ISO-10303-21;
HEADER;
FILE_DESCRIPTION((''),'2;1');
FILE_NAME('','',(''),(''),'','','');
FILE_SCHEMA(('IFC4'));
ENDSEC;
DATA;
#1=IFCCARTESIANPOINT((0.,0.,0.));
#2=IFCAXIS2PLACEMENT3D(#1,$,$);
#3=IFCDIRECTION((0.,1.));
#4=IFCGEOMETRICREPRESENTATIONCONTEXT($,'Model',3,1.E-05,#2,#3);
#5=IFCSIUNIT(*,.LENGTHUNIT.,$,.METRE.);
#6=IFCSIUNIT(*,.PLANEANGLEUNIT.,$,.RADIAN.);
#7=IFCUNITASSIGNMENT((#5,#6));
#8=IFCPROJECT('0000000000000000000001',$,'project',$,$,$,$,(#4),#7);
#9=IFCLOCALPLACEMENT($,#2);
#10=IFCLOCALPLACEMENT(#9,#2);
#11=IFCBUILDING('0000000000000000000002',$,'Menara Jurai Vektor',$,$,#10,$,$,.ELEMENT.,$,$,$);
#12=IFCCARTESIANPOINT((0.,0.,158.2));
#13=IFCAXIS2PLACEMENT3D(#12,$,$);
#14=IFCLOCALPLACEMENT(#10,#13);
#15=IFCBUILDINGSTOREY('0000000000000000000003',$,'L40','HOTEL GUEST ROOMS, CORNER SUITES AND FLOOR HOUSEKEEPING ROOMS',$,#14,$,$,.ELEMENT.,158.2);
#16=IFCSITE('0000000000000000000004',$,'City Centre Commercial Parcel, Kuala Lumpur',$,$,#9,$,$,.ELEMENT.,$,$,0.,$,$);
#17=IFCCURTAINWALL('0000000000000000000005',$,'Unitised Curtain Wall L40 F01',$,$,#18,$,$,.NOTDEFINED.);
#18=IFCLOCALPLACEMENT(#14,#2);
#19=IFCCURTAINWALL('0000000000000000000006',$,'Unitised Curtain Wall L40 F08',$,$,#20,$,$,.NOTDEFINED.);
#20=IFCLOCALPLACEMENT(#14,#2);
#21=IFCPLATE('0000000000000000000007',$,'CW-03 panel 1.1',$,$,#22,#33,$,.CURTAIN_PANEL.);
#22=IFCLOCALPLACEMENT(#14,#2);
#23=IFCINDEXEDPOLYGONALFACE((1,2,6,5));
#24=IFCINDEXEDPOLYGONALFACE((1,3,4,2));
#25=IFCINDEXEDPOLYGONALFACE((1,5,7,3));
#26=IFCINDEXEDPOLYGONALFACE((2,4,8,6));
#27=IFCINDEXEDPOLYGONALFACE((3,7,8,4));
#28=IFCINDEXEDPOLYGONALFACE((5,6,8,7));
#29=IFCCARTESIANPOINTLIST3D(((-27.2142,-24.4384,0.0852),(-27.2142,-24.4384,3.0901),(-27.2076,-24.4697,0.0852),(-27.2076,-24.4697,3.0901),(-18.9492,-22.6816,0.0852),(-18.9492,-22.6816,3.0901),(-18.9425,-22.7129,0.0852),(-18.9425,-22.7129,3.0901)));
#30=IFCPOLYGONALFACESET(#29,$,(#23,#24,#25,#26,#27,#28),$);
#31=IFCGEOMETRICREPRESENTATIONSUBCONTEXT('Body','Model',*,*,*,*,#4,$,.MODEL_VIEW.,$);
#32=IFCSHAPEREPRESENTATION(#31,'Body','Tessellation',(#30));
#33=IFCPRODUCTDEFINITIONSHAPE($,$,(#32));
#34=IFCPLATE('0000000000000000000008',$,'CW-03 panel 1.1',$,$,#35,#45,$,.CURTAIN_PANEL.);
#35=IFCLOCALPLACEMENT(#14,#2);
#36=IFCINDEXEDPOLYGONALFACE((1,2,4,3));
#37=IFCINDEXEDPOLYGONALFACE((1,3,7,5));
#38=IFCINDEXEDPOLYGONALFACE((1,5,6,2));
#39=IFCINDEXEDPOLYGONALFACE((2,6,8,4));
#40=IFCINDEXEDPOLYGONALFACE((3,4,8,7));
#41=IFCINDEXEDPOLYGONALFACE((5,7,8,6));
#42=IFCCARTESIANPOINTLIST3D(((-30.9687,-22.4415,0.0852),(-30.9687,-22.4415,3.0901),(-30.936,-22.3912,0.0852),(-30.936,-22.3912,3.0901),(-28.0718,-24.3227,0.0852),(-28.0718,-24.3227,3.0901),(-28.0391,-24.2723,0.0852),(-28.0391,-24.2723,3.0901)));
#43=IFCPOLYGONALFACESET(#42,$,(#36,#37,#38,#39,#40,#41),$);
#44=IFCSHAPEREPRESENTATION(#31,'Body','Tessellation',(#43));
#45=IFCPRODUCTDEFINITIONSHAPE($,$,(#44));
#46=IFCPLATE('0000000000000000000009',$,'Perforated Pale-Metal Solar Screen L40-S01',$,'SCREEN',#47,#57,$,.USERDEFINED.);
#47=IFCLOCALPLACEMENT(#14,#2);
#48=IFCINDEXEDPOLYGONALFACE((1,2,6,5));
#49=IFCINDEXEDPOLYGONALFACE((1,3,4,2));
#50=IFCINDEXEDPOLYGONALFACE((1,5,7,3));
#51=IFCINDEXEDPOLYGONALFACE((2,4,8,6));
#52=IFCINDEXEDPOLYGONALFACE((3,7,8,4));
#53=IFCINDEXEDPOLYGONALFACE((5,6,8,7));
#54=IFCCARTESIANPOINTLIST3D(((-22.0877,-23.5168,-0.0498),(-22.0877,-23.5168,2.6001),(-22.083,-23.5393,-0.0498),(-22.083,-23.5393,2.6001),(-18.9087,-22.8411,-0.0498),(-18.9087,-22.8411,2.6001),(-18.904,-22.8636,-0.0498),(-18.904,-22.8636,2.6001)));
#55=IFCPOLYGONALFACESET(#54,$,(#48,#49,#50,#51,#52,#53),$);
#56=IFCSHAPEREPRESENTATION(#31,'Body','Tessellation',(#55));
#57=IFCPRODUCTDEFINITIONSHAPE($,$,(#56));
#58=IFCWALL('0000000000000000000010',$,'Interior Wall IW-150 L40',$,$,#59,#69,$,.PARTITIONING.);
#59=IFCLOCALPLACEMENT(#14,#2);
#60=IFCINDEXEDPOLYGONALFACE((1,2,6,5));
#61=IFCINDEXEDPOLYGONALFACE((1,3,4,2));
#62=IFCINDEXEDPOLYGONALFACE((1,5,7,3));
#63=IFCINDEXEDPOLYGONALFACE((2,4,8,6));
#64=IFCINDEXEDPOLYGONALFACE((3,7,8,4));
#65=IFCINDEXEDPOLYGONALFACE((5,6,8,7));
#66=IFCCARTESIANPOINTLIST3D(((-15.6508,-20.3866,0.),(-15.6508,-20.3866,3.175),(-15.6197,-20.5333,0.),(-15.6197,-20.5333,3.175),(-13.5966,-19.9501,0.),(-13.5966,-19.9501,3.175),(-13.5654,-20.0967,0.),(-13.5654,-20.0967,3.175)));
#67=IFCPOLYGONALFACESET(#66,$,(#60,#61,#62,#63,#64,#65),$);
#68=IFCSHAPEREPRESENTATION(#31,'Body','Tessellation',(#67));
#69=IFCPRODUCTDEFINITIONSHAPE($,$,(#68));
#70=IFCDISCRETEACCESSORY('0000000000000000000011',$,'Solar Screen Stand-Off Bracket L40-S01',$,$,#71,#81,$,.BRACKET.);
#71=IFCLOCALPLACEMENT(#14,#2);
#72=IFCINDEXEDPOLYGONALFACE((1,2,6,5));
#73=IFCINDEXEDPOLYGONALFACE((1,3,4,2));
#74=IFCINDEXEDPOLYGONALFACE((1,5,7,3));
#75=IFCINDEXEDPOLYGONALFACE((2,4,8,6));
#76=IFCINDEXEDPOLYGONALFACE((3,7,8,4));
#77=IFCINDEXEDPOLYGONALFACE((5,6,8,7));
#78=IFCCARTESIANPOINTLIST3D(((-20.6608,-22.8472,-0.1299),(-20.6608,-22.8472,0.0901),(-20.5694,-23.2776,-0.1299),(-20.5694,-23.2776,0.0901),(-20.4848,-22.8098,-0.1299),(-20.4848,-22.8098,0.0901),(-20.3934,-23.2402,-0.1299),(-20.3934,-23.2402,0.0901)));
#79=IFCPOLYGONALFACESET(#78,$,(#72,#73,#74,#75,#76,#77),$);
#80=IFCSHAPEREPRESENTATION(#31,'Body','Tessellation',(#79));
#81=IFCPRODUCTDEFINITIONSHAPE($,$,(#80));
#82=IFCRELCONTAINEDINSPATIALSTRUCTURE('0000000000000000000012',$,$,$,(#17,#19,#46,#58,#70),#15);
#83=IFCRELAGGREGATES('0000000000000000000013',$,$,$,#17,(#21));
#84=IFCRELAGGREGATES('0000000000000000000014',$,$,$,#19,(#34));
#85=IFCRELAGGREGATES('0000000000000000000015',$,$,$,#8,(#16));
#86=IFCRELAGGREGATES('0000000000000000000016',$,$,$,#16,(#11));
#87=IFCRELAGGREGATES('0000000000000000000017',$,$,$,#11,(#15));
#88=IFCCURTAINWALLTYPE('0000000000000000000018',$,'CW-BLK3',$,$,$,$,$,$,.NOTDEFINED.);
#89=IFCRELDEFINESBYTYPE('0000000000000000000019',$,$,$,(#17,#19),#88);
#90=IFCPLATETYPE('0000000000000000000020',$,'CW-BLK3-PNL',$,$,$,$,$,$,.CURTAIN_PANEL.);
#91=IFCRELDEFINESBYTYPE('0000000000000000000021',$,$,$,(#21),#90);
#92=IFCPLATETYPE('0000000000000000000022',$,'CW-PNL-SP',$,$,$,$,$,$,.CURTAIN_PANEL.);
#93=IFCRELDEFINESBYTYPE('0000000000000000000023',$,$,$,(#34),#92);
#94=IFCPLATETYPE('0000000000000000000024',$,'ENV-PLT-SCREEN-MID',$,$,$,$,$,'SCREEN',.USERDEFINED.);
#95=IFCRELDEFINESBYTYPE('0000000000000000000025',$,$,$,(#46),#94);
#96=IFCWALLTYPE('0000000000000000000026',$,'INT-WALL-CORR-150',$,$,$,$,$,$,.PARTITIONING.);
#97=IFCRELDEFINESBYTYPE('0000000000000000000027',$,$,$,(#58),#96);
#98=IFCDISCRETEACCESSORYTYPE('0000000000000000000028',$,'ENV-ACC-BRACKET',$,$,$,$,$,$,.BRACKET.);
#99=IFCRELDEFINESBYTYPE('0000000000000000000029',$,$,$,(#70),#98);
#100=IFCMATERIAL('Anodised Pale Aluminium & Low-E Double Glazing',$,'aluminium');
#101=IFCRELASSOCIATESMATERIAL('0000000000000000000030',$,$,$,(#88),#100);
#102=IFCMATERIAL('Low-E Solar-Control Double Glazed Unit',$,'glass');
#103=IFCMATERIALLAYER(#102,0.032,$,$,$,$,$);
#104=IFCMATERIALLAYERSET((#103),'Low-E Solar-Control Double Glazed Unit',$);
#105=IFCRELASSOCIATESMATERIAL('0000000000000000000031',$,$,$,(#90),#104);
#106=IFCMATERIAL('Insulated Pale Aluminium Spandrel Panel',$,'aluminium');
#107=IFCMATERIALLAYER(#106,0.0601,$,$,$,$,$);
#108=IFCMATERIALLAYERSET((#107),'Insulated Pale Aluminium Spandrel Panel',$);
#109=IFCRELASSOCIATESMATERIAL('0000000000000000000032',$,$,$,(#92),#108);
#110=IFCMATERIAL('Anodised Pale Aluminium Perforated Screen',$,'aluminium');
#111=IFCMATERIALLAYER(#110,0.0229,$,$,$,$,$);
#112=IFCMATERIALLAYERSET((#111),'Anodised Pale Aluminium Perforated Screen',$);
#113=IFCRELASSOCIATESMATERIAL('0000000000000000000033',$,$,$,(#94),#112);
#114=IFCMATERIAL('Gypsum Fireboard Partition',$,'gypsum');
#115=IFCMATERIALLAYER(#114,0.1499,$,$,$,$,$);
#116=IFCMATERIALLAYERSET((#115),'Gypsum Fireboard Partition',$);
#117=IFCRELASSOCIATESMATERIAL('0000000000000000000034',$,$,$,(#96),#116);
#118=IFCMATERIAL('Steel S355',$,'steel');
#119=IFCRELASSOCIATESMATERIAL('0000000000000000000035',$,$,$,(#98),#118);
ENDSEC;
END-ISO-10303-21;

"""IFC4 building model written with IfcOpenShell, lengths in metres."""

from ifc_helpers import new_model, si_unit, direction, frame, frame_2d, origin, origin_2d, place, context, subcontext, project, spatial, rectangle, extrude, material, layer, layer_set, type_object, element, aggregate, save


model = new_model("IFC4")

# Units and contexts
model_context = context("Model", 3, precision=1e-05, world=origin(), true_north=direction((0.0, 1.0)))
body_context = subcontext(model_context, "Body", "Model", "MODEL_VIEW")
ifc_project = project(units=[si_unit("LENGTHUNIT", "METRE"), si_unit("PLANEANGLEUNIT", "RADIAN")], contexts=[model_context])

# Site, building, storey
site_placement = place(None, origin())
site = spatial("IfcSite", under=ifc_project, at=site_placement, Name="City Centre Commercial Parcel, Kuala Lumpur", CompositionType="ELEMENT", RefElevation=0.0)
building_placement = place(site_placement, origin())
building = spatial("IfcBuilding", under=site, at=building_placement, Name="Menara Jurai Vektor", CompositionType="ELEMENT")
storey_placement = place(building_placement, frame((0.0, 0.0, 158.2)))
storey = spatial("IfcBuildingStorey", under=building, at=storey_placement, Name="L40", Description="HOTEL GUEST ROOMS, CORNER SUITES AND FLOOR HOUSEKEEPING ROOMS", CompositionType="ELEMENT", Elevation=158.2)

# Curtain wall
ifc_material_1 = material(Name="Anodised Pale Aluminium & Low-E Double Glazing", Category="aluminium")
curtain_wall_type = type_object("IfcCurtainWallType", Name="CW-BLK3", PredefinedType="NOTDEFINED", material=ifc_material_1)
curtain_wall_1_placement = place(storey_placement, origin())
curtain_wall_1 = element("IfcCurtainWall", 1, at=curtain_wall_1_placement, inside=storey, type_object=curtain_wall_type, Name="Unitised Curtain Wall L40 F01", PredefinedType="NOTDEFINED")

# Curtain wall
curtain_wall_2_placement = place(storey_placement, origin())
curtain_wall_2 = element("IfcCurtainWall", 2, at=curtain_wall_2_placement, inside=storey, type_object=curtain_wall_type, Name="Unitised Curtain Wall L40 F08", PredefinedType="NOTDEFINED")

# Shared definitions
ifc_material_2 = material(Name="Steel S355", Category="steel")

# Plates
ifc_material_3 = material(Name="Low-E Solar-Control Double Glazed Unit", Category="glass")
ifc_layer_1 = layer(ifc_material_3, 0.032)
ifc_layer_set_1 = layer_set([ifc_layer_1], Name="Low-E Solar-Control Double Glazed Unit")
plate_type_1 = type_object("IfcPlateType", Name="CW-BLK3-PNL", PredefinedType="CURTAIN_PANEL", material=ifc_layer_set_1)
plate_1_placement = place(storey_placement, frame((-23.0784, -23.5757, 0.0852), z_axis=(0.0, 0.0, 1.0), x_axis=(0.978148, 0.207911, 0.0)))
plate_1 = element("IfcPlate", 3, at=plate_1_placement, type_object=plate_type_1, Name="CW-03 panel 1.1", PredefinedType="CURTAIN_PANEL", context=body_context, shape_type="SweptSolid", body=[
    extrude(rectangle(XDim=8.4497, YDim=0.032, at=origin_2d()), origin(), (0.0, 0.0, 1.0), 3.0049),
])
aggregate(curtain_wall_1, [plate_1])
ifc_material_4 = material(Name="Insulated Pale Aluminium Spandrel Panel", Category="aluminium")
ifc_layer_2 = layer(ifc_material_4, 0.0601)
ifc_layer_set_2 = layer_set([ifc_layer_2], Name="Insulated Pale Aluminium Spandrel Panel")
plate_type_2 = type_object("IfcPlateType", Name="CW-PNL-SP", PredefinedType="CURTAIN_PANEL", material=ifc_layer_set_2)
plate_2_placement = place(storey_placement, frame((-29.5039, -23.3569, 0.0852), z_axis=(0.0, 0.0, 1.0), x_axis=(0.838684, -0.544618, 0.0)))
plate_2 = element("IfcPlate", 4, at=plate_2_placement, type_object=plate_type_2, Name="CW-03 panel 1.1", PredefinedType="CURTAIN_PANEL", context=body_context, shape_type="SweptSolid", body=[
    extrude(rectangle(XDim=3.4541, YDim=0.0601, at=origin_2d()), origin(), (0.0, 0.0, 1.0), 3.0049),
])
aggregate(curtain_wall_2, [plate_2])
ifc_material_5 = material(Name="Anodised Pale Aluminium Perforated Screen", Category="aluminium")
ifc_layer_3 = layer(ifc_material_5, 0.0229)
ifc_layer_set_3 = layer_set([ifc_layer_3], Name="Anodised Pale Aluminium Perforated Screen")
plate_type_3 = type_object("IfcPlateType", Name="ENV-PLT-SCREEN-MID", ElementType="SCREEN", PredefinedType="USERDEFINED", material=ifc_layer_set_3)
plate_3_placement = place(storey_placement, frame((-20.4958, -23.1902, -0.0498), z_axis=(0.0, 0.0, 1.0), x_axis=(0.978148, 0.207912, 0.0)))
element("IfcPlate", 5, at=plate_3_placement, inside=storey, type_object=plate_type_3, Name="Perforated Pale-Metal Solar Screen L40-S01", ObjectType="SCREEN", PredefinedType="USERDEFINED", context=body_context, shape_type="SweptSolid", body=[
    extrude(rectangle(XDim=3.25, YDim=0.0229, at=origin_2d()), origin(), (0.0, 0.0, 1.0), 2.6499),
])

# Shared definitions
ifc_material_6 = material(Name="Gypsum Fireboard Partition", Category="gypsum")
ifc_layer_4 = layer(ifc_material_6, 0.1499)
ifc_layer_set_4 = layer_set([ifc_layer_4], Name="Gypsum Fireboard Partition")
wall_type = type_object("IfcWallType", Name="INT-WALL-CORR-150", PredefinedType="PARTITIONING", material=ifc_layer_set_4)

# Wall
wall_1_placement = place(storey_placement, frame((-15.6353, -20.46, 0.0), z_axis=(0.0, 0.0, 1.0), x_axis=(0.978158, 0.207862, 0.0)))
element("IfcWall", 6, at=wall_1_placement, inside=storey, type_object=wall_type, Name="Interior Wall IW-150 L40", PredefinedType="PARTITIONING", context=body_context, shape_type="SweptSolid", body=[
    extrude(rectangle(XDim=2.1001, YDim=0.1499, at=frame_2d((1.05, 0.0))), origin(), (0.0, 0.0, 1.0), 3.175),
])

# Discrete accessory
discrete_accessory_type = type_object("IfcDiscreteAccessoryType", Name="ENV-ACC-BRACKET", PredefinedType="BRACKET", material=ifc_material_2)
discrete_accessory_placement = place(storey_placement, frame((-20.5271, -23.0437, -0.1299), z_axis=(0.0, 0.0, 1.0), x_axis=(0.978148, 0.207912, 0.0)))
element("IfcDiscreteAccessory", 7, at=discrete_accessory_placement, inside=storey, type_object=discrete_accessory_type, Name="Solar Screen Stand-Off Bracket L40-S01", PredefinedType="BRACKET", context=body_context, shape_type="SweptSolid", body=[
    extrude(rectangle(XDim=0.1799, YDim=0.4399, at=origin_2d()), origin(), (0.0, 0.0, 1.0), 0.22),
])

save(model, "model.ifc")
